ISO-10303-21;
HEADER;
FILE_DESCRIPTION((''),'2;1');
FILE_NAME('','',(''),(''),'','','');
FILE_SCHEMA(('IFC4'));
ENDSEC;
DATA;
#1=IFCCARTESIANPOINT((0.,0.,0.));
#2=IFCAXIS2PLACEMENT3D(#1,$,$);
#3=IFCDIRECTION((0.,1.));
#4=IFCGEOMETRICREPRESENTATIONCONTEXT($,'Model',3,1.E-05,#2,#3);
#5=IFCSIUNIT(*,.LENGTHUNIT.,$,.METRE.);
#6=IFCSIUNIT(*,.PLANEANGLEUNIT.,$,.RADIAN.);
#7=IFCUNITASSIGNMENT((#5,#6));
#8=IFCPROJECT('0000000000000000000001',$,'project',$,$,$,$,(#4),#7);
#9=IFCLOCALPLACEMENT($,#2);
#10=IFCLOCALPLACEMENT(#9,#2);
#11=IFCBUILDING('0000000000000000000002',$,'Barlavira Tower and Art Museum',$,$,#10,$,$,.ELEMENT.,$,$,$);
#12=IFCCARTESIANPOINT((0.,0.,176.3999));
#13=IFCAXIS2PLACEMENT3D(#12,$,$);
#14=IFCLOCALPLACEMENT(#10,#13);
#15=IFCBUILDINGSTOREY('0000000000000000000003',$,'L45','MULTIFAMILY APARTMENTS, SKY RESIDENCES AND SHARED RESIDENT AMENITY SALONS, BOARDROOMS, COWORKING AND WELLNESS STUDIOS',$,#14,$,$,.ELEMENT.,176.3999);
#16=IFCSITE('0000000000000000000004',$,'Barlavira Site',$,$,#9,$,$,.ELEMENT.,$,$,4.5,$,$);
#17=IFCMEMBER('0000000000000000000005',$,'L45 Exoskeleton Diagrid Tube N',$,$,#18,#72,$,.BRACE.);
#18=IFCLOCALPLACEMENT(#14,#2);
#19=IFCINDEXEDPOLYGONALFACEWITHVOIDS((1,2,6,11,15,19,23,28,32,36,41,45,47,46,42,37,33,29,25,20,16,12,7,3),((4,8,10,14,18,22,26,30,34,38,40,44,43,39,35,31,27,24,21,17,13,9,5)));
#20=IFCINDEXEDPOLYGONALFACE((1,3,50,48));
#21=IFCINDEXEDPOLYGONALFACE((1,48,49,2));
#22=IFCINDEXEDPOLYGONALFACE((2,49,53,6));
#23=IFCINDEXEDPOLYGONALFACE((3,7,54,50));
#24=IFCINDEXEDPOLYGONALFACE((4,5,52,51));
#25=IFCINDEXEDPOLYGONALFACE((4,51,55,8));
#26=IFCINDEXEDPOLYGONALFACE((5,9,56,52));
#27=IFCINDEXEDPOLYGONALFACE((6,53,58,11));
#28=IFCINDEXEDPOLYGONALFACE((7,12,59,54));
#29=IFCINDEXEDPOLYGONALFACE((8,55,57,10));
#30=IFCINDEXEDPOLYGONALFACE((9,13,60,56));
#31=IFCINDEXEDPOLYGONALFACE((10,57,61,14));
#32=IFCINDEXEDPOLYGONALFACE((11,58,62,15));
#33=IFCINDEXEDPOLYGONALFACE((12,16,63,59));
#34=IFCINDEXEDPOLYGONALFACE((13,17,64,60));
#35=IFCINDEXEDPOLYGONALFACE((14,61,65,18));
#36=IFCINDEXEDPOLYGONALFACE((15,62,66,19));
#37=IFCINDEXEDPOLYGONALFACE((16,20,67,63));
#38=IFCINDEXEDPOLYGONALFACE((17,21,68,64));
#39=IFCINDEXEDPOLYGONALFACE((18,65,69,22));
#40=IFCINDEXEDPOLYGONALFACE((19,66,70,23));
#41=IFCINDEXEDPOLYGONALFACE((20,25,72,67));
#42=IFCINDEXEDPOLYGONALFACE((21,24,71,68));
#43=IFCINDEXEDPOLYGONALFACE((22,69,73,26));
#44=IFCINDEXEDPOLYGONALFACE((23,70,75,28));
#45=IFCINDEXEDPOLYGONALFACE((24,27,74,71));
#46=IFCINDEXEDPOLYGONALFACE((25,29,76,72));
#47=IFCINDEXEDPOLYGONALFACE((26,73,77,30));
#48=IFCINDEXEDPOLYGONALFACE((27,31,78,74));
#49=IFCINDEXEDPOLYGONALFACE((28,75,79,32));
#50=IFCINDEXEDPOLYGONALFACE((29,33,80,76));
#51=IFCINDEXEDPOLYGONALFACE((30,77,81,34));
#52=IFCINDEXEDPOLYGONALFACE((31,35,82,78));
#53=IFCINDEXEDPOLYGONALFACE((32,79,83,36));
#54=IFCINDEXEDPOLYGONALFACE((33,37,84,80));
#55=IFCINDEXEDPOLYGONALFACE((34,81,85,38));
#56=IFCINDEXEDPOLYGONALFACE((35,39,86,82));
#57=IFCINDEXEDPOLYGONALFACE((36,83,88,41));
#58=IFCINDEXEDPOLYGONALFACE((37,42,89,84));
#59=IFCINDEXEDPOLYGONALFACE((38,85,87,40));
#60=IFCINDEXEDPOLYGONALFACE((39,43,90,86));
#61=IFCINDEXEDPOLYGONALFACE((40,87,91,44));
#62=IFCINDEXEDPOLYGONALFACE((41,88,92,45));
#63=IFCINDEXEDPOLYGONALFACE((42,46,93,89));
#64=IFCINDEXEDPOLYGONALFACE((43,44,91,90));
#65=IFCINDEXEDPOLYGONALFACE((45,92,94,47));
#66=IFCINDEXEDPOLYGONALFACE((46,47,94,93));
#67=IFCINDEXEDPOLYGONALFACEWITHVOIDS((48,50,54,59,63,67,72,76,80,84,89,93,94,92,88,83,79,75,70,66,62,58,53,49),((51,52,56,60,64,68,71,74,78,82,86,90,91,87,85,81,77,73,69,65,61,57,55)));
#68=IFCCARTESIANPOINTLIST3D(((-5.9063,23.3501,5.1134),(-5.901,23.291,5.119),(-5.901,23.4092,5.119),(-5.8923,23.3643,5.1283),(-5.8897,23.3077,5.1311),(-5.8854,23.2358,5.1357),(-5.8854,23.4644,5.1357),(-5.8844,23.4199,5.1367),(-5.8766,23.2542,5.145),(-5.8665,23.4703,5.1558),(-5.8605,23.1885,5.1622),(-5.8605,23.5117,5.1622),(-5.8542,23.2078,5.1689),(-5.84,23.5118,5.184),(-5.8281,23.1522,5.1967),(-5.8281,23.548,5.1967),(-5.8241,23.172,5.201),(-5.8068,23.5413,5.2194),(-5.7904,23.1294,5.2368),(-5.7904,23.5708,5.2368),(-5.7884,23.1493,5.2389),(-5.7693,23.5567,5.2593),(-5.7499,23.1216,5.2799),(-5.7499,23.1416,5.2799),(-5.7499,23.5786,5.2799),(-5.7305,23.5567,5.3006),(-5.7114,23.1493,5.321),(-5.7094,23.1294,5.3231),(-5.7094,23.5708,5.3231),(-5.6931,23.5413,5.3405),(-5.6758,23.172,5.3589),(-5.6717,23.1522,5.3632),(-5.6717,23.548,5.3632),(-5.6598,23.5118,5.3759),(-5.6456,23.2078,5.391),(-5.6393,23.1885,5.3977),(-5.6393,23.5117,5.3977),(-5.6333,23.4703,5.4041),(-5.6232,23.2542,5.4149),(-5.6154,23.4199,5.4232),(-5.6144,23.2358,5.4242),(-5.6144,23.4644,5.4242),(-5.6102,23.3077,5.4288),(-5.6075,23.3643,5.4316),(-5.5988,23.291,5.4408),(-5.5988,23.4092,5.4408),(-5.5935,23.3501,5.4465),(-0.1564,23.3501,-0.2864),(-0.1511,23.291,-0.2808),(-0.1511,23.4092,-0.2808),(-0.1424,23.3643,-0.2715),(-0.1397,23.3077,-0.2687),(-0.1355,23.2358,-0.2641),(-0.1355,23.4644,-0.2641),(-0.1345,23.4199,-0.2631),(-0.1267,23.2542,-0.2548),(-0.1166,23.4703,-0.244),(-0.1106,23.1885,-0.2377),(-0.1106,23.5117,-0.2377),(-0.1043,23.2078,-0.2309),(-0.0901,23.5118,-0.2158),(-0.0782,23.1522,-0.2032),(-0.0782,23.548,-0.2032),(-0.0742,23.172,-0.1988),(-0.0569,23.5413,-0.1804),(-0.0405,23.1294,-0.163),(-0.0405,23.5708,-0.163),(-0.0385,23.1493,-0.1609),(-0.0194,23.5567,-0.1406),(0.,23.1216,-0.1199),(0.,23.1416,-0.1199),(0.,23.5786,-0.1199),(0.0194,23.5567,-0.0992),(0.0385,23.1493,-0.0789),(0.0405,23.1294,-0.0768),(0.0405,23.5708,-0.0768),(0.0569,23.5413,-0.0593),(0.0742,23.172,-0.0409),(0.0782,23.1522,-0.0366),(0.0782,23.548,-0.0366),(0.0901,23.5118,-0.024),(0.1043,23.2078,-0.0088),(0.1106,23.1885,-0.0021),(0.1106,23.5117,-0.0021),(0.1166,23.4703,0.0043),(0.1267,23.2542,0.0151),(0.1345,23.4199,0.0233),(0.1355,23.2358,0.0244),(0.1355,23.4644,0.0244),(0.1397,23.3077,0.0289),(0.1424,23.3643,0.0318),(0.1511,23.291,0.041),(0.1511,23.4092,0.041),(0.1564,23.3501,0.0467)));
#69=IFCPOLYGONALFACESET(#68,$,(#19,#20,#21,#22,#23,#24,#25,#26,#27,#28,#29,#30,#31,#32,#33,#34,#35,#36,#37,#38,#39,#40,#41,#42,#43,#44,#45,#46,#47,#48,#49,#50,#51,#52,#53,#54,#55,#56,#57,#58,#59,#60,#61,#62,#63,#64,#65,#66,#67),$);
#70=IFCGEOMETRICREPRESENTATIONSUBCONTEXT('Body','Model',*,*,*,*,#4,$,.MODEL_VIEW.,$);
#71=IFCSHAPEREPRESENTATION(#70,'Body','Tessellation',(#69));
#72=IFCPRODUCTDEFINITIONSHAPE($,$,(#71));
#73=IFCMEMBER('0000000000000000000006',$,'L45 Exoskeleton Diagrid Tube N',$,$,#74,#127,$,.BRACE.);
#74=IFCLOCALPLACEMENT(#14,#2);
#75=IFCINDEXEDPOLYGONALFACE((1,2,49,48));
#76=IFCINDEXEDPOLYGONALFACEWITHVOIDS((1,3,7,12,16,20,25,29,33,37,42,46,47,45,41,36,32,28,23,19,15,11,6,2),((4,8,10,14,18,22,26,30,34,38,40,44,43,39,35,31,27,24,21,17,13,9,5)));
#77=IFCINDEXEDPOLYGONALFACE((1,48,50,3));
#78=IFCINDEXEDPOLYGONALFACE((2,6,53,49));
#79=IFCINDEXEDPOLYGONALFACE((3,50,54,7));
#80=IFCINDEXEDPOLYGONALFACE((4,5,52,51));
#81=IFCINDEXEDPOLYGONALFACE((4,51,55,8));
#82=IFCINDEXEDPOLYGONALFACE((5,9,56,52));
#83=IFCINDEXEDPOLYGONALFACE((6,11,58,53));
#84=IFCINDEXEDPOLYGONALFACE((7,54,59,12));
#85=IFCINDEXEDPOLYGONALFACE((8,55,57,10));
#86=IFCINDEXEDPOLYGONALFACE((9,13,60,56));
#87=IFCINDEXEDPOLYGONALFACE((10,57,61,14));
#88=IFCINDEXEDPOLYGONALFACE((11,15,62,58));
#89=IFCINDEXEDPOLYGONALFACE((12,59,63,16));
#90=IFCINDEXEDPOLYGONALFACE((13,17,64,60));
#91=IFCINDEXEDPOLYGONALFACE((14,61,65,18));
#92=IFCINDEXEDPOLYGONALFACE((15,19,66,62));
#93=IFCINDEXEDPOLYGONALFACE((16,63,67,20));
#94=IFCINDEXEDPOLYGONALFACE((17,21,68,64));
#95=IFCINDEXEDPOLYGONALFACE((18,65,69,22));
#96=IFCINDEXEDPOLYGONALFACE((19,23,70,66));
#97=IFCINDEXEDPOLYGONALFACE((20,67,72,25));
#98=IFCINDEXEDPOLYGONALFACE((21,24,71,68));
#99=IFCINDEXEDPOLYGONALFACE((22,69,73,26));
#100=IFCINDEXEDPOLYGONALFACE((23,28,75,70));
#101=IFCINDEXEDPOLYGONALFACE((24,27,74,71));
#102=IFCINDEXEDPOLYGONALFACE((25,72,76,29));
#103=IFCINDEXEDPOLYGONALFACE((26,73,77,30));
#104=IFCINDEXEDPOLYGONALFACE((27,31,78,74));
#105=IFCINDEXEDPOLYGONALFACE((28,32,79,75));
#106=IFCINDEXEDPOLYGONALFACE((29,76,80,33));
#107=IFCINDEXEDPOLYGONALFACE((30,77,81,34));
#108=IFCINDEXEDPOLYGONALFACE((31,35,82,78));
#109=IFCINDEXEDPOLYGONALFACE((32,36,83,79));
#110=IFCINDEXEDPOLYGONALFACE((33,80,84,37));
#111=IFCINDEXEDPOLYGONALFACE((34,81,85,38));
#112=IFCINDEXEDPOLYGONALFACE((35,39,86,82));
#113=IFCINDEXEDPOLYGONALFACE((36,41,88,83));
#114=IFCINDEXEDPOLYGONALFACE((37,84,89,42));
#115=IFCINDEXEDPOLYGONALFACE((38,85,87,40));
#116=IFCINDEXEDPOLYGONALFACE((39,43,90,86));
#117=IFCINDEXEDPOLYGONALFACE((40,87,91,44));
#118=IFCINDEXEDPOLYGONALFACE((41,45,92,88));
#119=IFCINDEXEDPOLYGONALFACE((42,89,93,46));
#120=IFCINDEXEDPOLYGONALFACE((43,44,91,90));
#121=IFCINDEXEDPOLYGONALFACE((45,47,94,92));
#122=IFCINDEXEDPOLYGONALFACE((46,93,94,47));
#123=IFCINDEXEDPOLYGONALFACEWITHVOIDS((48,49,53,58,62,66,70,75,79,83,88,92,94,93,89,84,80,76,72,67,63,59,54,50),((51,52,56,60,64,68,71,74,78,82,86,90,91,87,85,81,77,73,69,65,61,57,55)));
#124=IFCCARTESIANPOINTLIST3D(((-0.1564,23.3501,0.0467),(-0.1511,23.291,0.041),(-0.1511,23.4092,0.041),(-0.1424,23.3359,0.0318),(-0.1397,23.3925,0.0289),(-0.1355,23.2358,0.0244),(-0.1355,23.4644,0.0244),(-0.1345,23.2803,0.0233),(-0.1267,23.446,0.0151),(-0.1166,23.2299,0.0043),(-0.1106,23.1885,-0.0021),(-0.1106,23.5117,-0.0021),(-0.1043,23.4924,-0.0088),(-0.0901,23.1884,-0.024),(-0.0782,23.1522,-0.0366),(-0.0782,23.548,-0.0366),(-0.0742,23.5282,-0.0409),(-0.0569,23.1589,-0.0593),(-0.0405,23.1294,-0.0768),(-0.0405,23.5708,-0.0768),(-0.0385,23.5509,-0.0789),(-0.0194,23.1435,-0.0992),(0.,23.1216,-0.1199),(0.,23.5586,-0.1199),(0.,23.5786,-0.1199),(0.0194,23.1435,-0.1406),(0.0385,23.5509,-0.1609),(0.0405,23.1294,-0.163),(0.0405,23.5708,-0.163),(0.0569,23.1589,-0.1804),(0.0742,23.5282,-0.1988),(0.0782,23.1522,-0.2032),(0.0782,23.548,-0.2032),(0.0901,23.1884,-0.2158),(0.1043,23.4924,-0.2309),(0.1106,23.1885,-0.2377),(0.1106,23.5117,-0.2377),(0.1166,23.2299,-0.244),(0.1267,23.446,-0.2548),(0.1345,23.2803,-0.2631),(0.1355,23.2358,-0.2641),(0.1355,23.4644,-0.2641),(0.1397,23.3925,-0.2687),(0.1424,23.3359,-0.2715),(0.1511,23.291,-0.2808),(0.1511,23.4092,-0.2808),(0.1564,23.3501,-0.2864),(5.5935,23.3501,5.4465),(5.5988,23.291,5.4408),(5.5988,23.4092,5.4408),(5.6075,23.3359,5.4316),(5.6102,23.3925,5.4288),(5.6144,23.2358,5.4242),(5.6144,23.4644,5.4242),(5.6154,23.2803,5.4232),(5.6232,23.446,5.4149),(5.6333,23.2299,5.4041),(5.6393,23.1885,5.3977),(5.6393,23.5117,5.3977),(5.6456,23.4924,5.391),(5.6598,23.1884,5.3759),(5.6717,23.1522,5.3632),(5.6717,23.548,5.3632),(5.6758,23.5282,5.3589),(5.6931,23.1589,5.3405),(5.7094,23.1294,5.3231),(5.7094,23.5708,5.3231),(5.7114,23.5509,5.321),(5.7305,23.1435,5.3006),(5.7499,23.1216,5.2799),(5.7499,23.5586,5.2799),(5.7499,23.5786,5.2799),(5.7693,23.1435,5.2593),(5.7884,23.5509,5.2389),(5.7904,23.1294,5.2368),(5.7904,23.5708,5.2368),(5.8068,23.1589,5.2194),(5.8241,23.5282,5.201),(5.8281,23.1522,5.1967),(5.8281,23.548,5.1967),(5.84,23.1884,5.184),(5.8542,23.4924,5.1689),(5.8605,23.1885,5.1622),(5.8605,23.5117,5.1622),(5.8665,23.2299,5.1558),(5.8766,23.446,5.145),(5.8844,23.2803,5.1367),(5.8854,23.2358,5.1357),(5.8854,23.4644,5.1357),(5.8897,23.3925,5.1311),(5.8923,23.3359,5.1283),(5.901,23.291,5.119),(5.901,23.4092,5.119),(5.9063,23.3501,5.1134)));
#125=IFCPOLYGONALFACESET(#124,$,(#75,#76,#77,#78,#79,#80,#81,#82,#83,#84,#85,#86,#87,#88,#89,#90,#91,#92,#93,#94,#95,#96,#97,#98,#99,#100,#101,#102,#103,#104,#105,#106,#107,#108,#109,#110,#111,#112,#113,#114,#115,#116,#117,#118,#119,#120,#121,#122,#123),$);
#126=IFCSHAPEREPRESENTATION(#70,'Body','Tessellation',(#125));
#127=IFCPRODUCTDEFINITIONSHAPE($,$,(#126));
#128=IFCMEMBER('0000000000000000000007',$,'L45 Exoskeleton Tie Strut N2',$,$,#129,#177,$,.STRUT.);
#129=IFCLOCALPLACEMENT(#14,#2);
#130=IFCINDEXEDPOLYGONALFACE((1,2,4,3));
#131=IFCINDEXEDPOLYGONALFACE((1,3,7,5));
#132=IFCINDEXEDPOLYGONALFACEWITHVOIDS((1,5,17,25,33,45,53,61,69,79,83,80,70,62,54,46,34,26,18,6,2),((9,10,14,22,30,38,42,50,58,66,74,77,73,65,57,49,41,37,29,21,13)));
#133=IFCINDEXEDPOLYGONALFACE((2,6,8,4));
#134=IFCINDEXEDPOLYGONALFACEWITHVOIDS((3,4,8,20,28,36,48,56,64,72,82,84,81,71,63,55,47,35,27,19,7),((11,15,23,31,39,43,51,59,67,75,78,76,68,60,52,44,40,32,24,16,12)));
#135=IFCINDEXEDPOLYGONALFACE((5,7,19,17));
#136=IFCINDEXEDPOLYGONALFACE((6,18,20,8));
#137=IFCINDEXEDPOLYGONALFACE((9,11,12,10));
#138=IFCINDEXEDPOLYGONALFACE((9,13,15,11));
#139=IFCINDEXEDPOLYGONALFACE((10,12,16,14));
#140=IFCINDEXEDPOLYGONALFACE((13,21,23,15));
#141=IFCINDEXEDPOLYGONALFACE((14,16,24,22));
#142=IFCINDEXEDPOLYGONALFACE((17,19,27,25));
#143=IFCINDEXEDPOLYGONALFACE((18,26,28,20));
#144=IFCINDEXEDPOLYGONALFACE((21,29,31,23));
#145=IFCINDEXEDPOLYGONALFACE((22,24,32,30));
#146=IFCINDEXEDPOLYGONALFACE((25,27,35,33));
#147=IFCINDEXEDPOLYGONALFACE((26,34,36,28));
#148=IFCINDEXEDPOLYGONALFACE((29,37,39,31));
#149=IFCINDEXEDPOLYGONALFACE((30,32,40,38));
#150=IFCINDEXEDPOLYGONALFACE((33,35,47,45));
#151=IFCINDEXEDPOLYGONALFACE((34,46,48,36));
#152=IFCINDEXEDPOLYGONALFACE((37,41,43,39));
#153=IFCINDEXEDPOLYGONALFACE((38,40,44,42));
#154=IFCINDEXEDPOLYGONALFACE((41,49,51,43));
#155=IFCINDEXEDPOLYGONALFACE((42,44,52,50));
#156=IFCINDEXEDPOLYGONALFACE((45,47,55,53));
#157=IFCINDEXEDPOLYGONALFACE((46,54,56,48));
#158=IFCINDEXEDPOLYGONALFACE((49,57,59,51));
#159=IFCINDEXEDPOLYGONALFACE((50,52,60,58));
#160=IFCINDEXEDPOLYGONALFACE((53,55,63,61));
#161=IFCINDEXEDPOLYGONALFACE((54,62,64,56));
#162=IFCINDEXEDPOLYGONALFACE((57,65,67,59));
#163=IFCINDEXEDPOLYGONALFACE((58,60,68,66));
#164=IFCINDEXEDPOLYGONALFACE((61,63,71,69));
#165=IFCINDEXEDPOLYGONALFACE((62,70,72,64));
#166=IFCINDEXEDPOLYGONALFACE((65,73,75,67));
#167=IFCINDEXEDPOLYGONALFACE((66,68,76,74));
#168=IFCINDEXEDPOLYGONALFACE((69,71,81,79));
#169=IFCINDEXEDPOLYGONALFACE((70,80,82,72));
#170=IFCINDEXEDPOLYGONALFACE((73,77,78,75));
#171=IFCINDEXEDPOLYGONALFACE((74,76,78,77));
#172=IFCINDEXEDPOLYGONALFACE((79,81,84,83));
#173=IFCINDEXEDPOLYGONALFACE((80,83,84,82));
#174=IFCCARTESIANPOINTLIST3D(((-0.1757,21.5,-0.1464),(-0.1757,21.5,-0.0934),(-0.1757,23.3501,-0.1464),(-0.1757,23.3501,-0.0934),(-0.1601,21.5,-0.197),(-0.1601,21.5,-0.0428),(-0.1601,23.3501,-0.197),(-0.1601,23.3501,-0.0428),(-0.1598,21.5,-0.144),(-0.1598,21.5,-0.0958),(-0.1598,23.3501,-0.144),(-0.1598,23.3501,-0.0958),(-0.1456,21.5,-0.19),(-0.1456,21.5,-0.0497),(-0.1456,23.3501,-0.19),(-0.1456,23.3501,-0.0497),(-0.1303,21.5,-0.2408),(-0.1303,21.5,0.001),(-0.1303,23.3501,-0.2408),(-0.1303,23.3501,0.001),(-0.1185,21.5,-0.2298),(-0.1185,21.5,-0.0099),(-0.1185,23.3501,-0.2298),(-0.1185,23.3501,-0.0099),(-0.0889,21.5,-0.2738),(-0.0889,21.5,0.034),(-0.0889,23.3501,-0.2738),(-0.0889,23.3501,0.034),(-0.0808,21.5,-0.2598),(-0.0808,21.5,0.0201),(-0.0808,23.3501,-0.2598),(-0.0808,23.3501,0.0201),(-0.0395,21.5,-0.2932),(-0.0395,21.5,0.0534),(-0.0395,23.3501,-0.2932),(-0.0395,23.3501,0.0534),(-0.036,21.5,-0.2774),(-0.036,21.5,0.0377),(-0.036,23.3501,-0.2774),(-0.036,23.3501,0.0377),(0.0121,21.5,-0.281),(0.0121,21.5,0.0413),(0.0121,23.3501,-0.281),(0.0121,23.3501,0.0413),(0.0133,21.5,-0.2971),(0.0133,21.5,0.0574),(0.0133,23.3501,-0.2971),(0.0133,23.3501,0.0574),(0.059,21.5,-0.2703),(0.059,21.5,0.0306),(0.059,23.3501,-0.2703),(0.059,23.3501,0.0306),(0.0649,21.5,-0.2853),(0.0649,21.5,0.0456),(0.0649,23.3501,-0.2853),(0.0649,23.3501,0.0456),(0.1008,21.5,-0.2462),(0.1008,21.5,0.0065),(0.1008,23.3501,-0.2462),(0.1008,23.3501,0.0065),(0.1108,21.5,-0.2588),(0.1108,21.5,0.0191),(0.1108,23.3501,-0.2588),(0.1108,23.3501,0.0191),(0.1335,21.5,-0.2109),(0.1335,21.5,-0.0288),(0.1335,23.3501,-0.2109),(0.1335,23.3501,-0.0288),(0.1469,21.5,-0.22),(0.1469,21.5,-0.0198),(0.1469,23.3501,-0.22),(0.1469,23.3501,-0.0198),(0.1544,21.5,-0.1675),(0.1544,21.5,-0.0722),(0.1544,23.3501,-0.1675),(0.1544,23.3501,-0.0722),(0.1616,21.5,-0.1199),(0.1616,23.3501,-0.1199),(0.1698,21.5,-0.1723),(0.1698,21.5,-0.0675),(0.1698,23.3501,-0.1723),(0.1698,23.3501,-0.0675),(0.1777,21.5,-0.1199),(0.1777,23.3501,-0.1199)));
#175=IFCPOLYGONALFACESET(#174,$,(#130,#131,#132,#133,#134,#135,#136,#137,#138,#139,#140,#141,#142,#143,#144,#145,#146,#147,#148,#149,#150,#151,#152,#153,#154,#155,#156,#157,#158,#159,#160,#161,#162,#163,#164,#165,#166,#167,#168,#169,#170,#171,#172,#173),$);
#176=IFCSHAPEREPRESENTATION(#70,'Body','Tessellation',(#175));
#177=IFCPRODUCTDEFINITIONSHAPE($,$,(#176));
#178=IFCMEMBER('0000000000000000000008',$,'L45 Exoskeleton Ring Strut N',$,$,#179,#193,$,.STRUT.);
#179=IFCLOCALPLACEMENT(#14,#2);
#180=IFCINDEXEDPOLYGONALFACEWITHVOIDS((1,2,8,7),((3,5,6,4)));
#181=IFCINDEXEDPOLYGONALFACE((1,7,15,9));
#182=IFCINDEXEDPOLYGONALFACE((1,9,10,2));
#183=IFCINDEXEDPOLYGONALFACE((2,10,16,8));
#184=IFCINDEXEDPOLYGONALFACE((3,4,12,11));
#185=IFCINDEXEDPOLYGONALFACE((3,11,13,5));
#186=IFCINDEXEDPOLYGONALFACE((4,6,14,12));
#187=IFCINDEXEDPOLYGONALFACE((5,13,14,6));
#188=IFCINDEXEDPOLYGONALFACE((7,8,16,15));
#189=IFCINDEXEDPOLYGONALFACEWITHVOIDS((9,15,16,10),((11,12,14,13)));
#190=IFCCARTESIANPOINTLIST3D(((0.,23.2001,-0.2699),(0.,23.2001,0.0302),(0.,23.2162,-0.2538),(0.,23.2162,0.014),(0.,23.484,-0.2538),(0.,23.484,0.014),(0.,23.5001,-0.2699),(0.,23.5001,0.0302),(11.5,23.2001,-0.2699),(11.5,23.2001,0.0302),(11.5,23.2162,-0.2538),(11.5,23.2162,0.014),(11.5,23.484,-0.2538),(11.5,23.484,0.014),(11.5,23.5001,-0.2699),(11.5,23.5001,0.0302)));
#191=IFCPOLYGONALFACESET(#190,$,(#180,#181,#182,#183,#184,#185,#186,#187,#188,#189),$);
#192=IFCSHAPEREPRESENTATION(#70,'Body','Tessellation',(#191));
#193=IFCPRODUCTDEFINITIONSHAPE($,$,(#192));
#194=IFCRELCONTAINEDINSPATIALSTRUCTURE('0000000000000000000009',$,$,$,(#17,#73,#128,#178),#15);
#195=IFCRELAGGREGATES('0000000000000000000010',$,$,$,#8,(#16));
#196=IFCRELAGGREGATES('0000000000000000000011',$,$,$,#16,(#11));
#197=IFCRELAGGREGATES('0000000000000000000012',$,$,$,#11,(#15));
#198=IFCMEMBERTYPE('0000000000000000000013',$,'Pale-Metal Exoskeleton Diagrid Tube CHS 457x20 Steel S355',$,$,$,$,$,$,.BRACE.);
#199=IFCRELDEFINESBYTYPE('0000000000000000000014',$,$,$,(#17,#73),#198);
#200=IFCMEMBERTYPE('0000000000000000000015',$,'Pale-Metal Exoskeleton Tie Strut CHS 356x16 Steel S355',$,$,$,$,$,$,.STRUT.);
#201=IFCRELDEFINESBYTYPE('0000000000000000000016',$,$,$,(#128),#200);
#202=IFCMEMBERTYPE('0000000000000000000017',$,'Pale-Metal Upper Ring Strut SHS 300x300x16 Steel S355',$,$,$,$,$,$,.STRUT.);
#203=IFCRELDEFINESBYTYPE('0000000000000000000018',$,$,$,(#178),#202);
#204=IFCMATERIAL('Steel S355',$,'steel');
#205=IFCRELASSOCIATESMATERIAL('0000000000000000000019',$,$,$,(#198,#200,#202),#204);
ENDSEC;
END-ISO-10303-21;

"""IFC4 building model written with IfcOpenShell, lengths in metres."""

from ifc_helpers import new_model, si_unit, direction, frame, origin, origin_2d, place, context, subcontext, project, spatial, hollow_rectangle, hollow_circle, extrude, material, material_profile, profile_set, type_object, element, save


model = new_model("IFC4")

# Units and contexts
model_context = context("Model", 3, precision=1e-05, world=origin(), true_north=direction((0.0, 1.0)))
body_context = subcontext(model_context, "Body", "Model", "MODEL_VIEW")
ifc_project = project(units=[si_unit("LENGTHUNIT", "METRE"), si_unit("PLANEANGLEUNIT", "RADIAN")], contexts=[model_context])

# Site, building, storey
site_placement = place(None, origin())
site = spatial("IfcSite", under=ifc_project, at=site_placement, Name="Barlavira Site", CompositionType="ELEMENT", RefElevation=4.5)
building_placement = place(site_placement, origin())
building = spatial("IfcBuilding", under=site, at=building_placement, Name="Barlavira Tower and Art Museum", CompositionType="ELEMENT")
storey_placement = place(building_placement, frame((0.0, 0.0, 176.3999)))
storey = spatial("IfcBuildingStorey", under=building, at=storey_placement, Name="L45", Description="MULTIFAMILY APARTMENTS, SKY RESIDENCES AND SHARED RESIDENT AMENITY SALONS, BOARDROOMS, COWORKING AND WELLNESS STUDIOS", CompositionType="ELEMENT", Elevation=176.3999)

# Members
ifc_material_1 = material(Name="Steel S355", Category="steel")
ifc_material_profile_1 = material_profile(ifc_material_1, hollow_circle(Radius=0.2285, WallThickness=0.02, at=origin_2d()), Name="CHS 457.0x20.0")
ifc_profile_set_1 = profile_set([ifc_material_profile_1], Name="Steel S355")
member_type_1 = type_object("IfcMemberType", Name="Pale-Metal Exoskeleton Diagrid Tube CHS 457x20 Steel S355", PredefinedType="BRACE", material=ifc_profile_set_1)
for number, where, z_axis, x_axis, name in (
    (1, (0.0, 23.3501, -0.1199), (-0.72895, 0.0, 0.684567), (0.0, -1.0, 0.0), "L45 Exoskeleton Diagrid Tube N"),
    (2, (0.0, 23.3501, -0.1199), (0.72895, 0.0, 0.684567), (0.0, 1.0, 0.0), "L45 Exoskeleton Diagrid Tube N"),
):
    element("IfcMember", number, at=place(storey_placement, frame(where, z_axis=z_axis, x_axis=x_axis)), inside=storey, type_object=member_type_1, Name=name, PredefinedType="BRACE", context=body_context, shape_type="SweptSolid", body=[
        extrude(hollow_circle(Radius=0.2285, WallThickness=0.02, at=origin_2d()), origin(), (0.0, 0.0, 1.0), 7.8879),
    ])
ifc_material_profile_2 = material_profile(ifc_material_1, hollow_circle(Radius=0.1777, WallThickness=0.0161, at=origin_2d()), Name="CHS 355.6x16.0")
ifc_profile_set_2 = profile_set([ifc_material_profile_2], Name="Steel S355")
member_type_2 = type_object("IfcMemberType", Name="Pale-Metal Exoskeleton Tie Strut CHS 356x16 Steel S355", PredefinedType="STRUT", material=ifc_profile_set_2)
member_1_placement = place(storey_placement, frame((0.0, 23.3501, -0.1199), z_axis=(0.0, -1.0, 0.0), x_axis=(1.0, 0.0, 0.0)))
element("IfcMember", 3, at=member_1_placement, inside=storey, type_object=member_type_2, Name="L45 Exoskeleton Tie Strut N2", PredefinedType="STRUT", context=body_context, shape_type="SweptSolid", body=[
    extrude(hollow_circle(Radius=0.1777, WallThickness=0.0161, at=origin_2d()), origin(), (0.0, 0.0, 1.0), 1.8501),
])
ifc_material_profile_3 = material_profile(ifc_material_1, hollow_rectangle(XDim=0.3, YDim=0.3, WallThickness=0.0161, at=origin_2d()), Name="SHS 300x300x16.0")
ifc_profile_set_3 = profile_set([ifc_material_profile_3], Name="Steel S355")
member_type_3 = type_object("IfcMemberType", Name="Pale-Metal Upper Ring Strut SHS 300x300x16 Steel S355", PredefinedType="STRUT", material=ifc_profile_set_3)
member_2_placement = place(storey_placement, frame((0.0, 23.3501, -0.1199), z_axis=(1.0, 0.0, 0.0), x_axis=(0.0, 1.0, 0.0)))
element("IfcMember", 4, at=member_2_placement, inside=storey, type_object=member_type_3, Name="L45 Exoskeleton Ring Strut N", PredefinedType="STRUT", context=body_context, shape_type="SweptSolid", body=[
    extrude(hollow_rectangle(XDim=0.3, YDim=0.3, WallThickness=0.0161, at=origin_2d()), origin(), (0.0, 0.0, 1.0), 11.5),
])

save(model, "model.ifc")
